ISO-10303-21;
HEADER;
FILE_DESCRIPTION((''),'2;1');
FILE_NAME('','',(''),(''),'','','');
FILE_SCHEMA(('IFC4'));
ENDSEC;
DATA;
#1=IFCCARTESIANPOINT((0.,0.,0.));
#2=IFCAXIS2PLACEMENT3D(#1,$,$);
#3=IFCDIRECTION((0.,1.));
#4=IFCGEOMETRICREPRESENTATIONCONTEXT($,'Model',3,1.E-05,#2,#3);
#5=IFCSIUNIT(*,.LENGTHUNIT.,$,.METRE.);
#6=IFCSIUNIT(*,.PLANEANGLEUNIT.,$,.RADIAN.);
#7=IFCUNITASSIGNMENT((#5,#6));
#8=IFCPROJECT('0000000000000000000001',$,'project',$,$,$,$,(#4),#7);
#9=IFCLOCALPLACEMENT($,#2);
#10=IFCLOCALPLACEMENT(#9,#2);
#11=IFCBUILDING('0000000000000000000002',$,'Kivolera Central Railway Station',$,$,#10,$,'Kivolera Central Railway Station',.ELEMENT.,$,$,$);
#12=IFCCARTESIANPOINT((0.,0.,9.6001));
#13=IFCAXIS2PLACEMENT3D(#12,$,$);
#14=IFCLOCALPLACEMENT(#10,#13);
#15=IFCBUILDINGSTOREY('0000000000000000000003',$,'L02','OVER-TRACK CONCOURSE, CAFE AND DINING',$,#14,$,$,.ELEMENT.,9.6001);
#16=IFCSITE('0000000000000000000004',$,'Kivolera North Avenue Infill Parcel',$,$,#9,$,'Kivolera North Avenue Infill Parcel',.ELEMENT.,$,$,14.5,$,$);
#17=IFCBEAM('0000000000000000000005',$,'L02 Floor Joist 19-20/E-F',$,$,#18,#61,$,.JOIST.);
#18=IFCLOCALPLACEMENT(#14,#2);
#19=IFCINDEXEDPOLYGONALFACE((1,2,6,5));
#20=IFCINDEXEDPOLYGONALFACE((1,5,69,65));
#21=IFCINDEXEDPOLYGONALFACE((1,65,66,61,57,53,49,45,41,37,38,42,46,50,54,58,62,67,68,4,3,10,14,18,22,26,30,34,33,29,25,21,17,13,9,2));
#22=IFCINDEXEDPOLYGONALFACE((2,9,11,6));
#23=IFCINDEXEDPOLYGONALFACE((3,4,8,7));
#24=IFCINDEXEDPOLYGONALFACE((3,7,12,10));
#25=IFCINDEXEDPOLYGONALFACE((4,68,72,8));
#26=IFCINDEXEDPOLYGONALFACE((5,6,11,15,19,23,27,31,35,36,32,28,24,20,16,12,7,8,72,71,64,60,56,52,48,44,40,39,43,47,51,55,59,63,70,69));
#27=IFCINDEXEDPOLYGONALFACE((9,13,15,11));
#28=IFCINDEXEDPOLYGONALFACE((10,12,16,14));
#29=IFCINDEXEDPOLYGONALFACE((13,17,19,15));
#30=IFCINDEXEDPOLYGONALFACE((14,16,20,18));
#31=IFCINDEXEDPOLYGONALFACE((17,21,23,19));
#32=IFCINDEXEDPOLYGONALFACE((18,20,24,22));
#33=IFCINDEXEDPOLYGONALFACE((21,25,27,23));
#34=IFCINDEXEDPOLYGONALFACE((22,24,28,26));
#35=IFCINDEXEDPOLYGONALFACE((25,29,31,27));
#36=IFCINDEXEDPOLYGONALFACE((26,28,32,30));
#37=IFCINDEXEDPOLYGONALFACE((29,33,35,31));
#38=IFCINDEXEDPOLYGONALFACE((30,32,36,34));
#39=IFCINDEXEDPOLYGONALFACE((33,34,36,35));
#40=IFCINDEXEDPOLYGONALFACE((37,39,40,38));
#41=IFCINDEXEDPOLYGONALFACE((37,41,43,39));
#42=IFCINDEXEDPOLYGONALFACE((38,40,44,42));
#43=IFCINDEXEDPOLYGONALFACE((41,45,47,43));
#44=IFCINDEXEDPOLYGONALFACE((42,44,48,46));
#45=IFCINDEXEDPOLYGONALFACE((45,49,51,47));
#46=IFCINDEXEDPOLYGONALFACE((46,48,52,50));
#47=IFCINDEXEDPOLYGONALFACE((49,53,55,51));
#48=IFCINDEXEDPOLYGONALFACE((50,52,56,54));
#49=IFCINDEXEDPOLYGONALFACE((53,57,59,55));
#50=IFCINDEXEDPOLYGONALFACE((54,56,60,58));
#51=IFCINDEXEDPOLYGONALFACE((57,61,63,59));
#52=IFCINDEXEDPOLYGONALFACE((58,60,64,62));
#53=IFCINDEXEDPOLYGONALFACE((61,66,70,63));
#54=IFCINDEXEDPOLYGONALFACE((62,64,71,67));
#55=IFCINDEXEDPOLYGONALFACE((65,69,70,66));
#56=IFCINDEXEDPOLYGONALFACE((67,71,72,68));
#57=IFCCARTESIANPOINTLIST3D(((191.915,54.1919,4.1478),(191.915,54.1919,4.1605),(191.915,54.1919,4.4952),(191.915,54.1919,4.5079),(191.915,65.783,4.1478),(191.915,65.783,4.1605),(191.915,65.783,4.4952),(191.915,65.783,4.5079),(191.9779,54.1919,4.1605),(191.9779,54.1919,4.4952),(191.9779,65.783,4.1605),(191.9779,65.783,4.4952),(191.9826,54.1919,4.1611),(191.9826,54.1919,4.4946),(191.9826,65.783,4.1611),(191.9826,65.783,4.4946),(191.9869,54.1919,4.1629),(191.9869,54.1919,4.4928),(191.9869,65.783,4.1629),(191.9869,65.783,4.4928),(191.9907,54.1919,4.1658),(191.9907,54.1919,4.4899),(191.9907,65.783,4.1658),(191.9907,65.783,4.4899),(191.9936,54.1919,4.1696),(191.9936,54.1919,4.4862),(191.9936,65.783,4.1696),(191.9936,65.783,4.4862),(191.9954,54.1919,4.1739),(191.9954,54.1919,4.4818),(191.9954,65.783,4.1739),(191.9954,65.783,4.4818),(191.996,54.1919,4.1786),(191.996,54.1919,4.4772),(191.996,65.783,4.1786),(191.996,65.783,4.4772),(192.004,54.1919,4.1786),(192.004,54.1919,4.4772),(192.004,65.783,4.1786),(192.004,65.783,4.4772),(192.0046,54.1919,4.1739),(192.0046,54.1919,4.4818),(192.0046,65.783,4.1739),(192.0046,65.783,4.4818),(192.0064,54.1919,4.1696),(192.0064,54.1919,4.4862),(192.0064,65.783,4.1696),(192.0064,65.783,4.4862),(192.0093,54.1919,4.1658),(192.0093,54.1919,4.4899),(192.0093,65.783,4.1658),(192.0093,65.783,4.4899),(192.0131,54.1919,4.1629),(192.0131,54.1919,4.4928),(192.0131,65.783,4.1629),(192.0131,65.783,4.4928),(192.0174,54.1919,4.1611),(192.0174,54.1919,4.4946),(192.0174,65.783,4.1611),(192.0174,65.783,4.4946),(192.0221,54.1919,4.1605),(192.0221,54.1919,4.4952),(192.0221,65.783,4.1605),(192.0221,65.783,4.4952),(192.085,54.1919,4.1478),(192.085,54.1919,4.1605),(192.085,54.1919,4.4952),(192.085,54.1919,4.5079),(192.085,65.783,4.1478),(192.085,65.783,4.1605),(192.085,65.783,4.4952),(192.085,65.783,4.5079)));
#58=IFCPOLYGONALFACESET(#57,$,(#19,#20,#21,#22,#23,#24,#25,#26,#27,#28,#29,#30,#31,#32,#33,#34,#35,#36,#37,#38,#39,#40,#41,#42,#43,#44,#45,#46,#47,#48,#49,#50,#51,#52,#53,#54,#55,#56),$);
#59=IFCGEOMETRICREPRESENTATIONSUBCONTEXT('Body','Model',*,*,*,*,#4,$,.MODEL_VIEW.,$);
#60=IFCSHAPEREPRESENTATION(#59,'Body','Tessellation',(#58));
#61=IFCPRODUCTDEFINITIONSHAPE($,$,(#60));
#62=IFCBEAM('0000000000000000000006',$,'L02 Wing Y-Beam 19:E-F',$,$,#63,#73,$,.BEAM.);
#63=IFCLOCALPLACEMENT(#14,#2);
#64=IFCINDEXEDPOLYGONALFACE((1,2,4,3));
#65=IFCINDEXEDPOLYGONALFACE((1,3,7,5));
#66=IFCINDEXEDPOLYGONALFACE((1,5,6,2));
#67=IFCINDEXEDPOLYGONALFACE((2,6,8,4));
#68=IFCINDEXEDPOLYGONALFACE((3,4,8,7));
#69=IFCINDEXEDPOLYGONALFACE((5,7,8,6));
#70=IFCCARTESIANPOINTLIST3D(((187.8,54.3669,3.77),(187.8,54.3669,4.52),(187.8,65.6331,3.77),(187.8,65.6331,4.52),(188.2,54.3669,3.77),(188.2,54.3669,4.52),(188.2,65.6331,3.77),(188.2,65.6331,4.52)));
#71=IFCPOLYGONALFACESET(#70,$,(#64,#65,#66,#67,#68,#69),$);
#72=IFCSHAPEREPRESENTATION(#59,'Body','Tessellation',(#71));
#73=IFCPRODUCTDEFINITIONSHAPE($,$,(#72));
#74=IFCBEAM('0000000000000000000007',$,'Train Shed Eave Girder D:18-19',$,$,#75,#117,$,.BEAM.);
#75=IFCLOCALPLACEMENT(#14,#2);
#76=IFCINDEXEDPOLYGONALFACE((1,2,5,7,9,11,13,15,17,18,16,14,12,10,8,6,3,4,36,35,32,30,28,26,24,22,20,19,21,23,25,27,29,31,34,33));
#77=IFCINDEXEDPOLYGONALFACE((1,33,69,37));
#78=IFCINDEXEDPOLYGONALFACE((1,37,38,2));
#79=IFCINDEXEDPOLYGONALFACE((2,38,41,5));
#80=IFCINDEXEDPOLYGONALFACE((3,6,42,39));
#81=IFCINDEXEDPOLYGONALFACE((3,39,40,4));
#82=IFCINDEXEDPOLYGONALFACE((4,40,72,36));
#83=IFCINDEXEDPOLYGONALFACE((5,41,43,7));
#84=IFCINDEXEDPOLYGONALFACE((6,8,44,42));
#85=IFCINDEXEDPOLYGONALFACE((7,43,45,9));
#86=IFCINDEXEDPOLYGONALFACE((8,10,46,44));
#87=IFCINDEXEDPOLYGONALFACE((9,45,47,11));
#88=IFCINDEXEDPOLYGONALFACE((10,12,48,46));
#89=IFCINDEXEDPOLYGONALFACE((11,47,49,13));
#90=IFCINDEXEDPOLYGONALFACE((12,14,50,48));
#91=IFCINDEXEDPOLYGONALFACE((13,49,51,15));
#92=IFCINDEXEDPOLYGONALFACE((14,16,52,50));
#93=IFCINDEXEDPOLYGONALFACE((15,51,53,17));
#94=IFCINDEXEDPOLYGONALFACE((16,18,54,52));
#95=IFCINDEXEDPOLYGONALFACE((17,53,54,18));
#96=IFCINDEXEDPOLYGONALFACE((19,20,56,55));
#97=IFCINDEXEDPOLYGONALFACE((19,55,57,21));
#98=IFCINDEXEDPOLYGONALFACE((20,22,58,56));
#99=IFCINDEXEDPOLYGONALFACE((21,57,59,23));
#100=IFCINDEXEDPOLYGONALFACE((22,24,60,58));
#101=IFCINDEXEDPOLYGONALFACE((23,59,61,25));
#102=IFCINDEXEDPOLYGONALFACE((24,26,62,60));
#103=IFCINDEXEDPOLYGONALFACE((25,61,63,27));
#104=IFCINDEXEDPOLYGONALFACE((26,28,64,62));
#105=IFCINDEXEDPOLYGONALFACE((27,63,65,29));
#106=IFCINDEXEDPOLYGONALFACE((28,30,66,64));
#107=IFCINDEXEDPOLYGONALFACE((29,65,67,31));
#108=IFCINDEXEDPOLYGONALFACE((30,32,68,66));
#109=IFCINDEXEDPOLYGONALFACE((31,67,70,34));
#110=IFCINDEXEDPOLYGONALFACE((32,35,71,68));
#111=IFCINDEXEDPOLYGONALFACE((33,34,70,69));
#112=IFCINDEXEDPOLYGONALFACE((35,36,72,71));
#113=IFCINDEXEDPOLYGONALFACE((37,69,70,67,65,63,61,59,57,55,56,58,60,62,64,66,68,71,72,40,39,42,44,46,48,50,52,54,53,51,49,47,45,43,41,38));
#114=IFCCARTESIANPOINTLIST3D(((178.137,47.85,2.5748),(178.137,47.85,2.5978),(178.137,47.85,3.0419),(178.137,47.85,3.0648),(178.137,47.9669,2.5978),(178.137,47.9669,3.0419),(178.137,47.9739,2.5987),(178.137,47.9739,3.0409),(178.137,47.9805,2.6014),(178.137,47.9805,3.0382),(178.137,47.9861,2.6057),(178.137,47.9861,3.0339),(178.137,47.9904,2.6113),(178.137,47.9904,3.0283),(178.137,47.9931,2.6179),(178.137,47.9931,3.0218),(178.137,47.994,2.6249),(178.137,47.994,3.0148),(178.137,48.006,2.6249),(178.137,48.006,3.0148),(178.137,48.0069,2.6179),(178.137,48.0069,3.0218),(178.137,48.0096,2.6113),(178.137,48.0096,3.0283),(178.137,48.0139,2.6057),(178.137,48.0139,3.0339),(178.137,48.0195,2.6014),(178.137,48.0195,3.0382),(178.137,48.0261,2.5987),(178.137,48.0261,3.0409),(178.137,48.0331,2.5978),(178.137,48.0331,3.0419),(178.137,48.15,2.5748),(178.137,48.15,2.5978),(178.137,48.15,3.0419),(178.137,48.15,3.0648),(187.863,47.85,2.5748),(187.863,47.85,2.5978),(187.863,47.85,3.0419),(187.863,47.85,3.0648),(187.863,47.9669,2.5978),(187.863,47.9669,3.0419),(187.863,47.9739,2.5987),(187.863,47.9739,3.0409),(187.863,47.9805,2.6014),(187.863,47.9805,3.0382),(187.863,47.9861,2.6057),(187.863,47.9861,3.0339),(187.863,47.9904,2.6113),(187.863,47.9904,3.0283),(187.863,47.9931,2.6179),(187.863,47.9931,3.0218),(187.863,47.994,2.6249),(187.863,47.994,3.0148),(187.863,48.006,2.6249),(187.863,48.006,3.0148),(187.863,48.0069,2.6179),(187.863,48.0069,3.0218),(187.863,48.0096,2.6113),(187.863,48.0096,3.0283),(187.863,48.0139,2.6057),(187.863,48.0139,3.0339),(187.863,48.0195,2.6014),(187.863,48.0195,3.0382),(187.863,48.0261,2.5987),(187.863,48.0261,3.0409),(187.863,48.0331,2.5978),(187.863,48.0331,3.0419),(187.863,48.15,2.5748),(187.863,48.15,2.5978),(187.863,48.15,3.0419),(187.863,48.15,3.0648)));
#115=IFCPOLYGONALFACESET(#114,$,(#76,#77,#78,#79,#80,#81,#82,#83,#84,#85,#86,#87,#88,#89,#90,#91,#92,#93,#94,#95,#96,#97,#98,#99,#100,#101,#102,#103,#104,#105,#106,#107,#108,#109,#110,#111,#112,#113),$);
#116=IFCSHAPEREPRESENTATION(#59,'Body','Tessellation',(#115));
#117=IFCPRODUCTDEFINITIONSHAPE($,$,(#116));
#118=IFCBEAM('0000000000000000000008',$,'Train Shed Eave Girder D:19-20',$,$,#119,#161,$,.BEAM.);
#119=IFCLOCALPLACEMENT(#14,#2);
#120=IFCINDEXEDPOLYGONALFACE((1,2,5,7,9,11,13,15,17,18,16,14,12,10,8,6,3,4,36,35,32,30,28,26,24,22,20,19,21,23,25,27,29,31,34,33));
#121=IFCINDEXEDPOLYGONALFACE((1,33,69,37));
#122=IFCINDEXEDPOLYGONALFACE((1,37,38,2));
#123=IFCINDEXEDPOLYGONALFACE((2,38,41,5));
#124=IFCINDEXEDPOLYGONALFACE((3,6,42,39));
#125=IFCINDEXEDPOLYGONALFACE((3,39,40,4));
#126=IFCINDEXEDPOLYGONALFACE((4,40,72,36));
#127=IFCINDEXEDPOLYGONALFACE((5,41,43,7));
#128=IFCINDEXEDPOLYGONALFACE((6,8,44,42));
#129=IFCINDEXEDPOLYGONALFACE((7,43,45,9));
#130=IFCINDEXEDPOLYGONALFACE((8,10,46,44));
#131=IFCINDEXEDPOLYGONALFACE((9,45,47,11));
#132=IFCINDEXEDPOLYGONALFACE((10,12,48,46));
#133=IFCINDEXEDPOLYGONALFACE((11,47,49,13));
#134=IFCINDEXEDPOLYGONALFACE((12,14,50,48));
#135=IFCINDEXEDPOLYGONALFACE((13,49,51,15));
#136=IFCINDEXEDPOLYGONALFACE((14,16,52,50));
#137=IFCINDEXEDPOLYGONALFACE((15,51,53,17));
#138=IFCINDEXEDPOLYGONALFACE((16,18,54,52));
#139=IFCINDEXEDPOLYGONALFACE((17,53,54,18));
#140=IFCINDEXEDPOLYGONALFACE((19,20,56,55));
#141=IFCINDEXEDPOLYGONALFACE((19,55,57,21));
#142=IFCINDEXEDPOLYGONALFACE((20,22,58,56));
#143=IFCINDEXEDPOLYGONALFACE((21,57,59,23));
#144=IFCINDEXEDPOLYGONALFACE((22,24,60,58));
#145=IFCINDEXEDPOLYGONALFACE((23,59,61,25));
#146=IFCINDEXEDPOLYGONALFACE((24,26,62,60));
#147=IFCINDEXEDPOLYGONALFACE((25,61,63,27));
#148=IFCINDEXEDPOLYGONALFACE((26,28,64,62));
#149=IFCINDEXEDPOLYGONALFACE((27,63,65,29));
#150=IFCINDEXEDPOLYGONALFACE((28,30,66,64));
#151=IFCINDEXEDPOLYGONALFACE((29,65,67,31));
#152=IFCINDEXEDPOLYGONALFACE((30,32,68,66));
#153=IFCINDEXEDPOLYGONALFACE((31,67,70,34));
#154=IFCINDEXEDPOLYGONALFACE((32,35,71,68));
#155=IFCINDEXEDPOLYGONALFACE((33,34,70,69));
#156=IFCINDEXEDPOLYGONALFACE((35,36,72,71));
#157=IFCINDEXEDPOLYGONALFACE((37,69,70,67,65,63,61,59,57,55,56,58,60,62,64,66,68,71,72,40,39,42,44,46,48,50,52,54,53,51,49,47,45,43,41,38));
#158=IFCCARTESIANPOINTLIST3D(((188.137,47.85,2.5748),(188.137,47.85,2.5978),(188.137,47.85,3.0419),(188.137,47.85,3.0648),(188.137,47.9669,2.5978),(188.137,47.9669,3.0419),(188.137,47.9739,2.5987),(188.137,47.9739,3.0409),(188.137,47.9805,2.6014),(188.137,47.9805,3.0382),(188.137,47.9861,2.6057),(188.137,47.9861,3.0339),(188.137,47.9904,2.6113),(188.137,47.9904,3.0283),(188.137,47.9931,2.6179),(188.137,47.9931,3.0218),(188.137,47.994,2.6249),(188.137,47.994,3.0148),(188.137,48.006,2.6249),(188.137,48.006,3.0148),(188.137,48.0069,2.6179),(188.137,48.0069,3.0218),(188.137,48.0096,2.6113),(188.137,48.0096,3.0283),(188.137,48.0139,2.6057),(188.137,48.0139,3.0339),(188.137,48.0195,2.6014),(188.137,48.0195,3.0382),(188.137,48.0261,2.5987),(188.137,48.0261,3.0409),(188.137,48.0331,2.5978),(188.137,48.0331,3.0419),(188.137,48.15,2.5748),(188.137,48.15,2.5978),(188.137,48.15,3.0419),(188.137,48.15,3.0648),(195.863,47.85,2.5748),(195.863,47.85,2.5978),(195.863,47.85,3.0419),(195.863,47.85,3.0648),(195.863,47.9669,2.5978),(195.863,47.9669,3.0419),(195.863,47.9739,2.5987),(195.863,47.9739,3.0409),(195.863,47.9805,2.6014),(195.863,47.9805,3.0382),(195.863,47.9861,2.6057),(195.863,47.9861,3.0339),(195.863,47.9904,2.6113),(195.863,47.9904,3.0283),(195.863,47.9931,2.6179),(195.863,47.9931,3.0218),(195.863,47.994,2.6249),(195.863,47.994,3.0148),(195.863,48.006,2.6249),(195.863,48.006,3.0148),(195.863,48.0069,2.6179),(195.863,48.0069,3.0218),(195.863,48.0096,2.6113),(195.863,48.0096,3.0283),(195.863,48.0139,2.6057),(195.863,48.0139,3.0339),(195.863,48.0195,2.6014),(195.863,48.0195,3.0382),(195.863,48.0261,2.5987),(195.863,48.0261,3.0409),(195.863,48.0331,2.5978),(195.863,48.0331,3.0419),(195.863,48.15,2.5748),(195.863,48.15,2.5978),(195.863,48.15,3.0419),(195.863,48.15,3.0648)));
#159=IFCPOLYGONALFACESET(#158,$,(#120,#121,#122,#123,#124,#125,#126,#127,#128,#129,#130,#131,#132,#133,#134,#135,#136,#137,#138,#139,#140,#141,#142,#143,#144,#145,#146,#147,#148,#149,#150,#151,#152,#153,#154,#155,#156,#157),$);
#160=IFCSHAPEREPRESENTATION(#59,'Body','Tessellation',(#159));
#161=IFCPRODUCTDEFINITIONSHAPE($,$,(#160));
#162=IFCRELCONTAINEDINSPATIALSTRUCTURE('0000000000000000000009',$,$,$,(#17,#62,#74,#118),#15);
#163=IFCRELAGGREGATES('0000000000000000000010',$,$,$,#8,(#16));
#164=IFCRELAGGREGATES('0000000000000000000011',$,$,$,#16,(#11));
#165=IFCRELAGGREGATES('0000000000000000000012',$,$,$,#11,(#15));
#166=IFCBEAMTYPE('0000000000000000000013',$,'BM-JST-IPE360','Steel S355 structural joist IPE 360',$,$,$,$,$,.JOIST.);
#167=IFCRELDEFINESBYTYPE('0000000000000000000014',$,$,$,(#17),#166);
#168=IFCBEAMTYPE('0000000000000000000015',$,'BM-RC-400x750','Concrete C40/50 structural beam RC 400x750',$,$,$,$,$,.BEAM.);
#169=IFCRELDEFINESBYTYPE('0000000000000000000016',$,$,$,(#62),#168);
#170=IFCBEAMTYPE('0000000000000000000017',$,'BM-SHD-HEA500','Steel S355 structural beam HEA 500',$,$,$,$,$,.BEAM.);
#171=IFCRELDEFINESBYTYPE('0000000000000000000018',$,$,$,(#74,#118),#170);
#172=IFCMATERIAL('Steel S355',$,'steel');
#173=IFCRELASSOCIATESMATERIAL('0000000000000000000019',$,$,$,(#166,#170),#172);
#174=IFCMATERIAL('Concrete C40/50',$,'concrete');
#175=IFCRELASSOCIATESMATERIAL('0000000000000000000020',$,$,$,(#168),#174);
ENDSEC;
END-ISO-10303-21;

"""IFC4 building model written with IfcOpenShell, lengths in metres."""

from ifc_helpers import new_model, si_unit, direction, frame, origin, origin_2d, place, context, subcontext, project, spatial, rectangle, i_section, extrude, material, material_profile, profile_set, type_object, element, save


model = new_model("IFC4")

# Units and contexts
model_context = context("Model", 3, precision=1e-05, world=origin(), true_north=direction((0.0, 1.0)))
body_context = subcontext(model_context, "Body", "Model", "MODEL_VIEW")
ifc_project = project(units=[si_unit("LENGTHUNIT", "METRE"), si_unit("PLANEANGLEUNIT", "RADIAN")], contexts=[model_context])

# Site, building, storey
site_placement = place(None, origin())
site = spatial("IfcSite", under=ifc_project, at=site_placement, Name="Kivolera North Avenue Infill Parcel", LongName="Kivolera North Avenue Infill Parcel", CompositionType="ELEMENT", RefElevation=14.5)
building_placement = place(site_placement, origin())
building = spatial("IfcBuilding", under=site, at=building_placement, Name="Kivolera Central Railway Station", LongName="Kivolera Central Railway Station", CompositionType="ELEMENT")
storey_placement = place(building_placement, frame((0.0, 0.0, 9.6001)))
storey = spatial("IfcBuildingStorey", under=building, at=storey_placement, Name="L02", Description="OVER-TRACK CONCOURSE, CAFE AND DINING", CompositionType="ELEMENT", Elevation=9.6001)

# Shared definitions
ifc_material_1 = material(Name="Concrete C40/50", Category="concrete")
ifc_material_2 = material(Name="Steel S355", Category="steel")

# Beams
ifc_material_profile_1 = material_profile(ifc_material_2, i_section(OverallWidth=0.1699, OverallDepth=0.3601, WebThickness=0.0081, FlangeThickness=0.0127, FilletRadius=0.0181, at=origin_2d()), Name="IPE 360")
ifc_profile_set_1 = profile_set([ifc_material_profile_1], Name="Steel S355")
beam_type_1 = type_object("IfcBeamType", Name="BM-JST-IPE360", Description="Steel S355 structural joist IPE 360", PredefinedType="JOIST", material=ifc_profile_set_1)
for number, where, z_axis, x_axis, name in (
    (1, (192.0, 54.1919, 4.3279), (0.0, 1.0, 0.0), (-1.0, 0.0, 0.0), "L02 Floor Joist 19-20/E-F"),
):
    element("IfcBeam", number, at=place(storey_placement, frame(where, z_axis=z_axis, x_axis=x_axis)), inside=storey, type_object=beam_type_1, Name=name, PredefinedType="JOIST", context=body_context, shape_type="SweptSolid", body=[
        extrude(i_section(OverallWidth=0.1699, OverallDepth=0.3601, WebThickness=0.0081, FlangeThickness=0.0127, FilletRadius=0.0181, at=origin_2d()), origin(), (0.0, 0.0, 1.0), 11.5911),
    ])
ifc_material_profile_2 = material_profile(ifc_material_1, rectangle(XDim=0.3999, YDim=0.75, at=origin_2d()), Name="RC 400x750")
ifc_profile_set_2 = profile_set([ifc_material_profile_2], Name="Concrete C40/50")
beam_type_2 = type_object("IfcBeamType", Name="BM-RC-400x750", Description="Concrete C40/50 structural beam RC 400x750", PredefinedType="BEAM", material=ifc_profile_set_2)
beam_1_placement = place(storey_placement, frame((188.0, 54.3669, 4.145), z_axis=(0.0, 1.0, 0.0), x_axis=(-1.0, 0.0, 0.0)))
element("IfcBeam", 2, at=beam_1_placement, inside=storey, type_object=beam_type_2, Name="L02 Wing Y-Beam 19:E-F", PredefinedType="BEAM", context=body_context, shape_type="SweptSolid", body=[
    extrude(rectangle(XDim=0.3999, YDim=0.75, at=origin_2d()), origin(), (0.0, 0.0, 1.0), 11.2661),
])
ifc_material_profile_3 = material_profile(ifc_material_2, i_section(OverallWidth=0.3, OverallDepth=0.49, WebThickness=0.012, FlangeThickness=0.0229, FilletRadius=0.0271, at=origin_2d()), Name="HEA 500")
ifc_profile_set_3 = profile_set([ifc_material_profile_3], Name="Steel S355")
beam_type_3 = type_object("IfcBeamType", Name="BM-SHD-HEA500", Description="Steel S355 structural beam HEA 500", PredefinedType="BEAM", material=ifc_profile_set_3)
beam_2_placement = place(storey_placement, frame((178.137, 48.0, 2.8198), z_axis=(1.0, 0.0, 0.0), x_axis=(0.0, 1.0, 0.0)))
element("IfcBeam", 3, at=beam_2_placement, inside=storey, type_object=beam_type_3, Name="Train Shed Eave Girder D:18-19", PredefinedType="BEAM", context=body_context, shape_type="SweptSolid", body=[
    extrude(i_section(OverallWidth=0.3, OverallDepth=0.49, WebThickness=0.012, FlangeThickness=0.0229, FilletRadius=0.0271, at=origin_2d()), origin(), (0.0, 0.0, 1.0), 9.7261),
])
beam_3_placement = place(storey_placement, frame((188.137, 48.0, 2.8198), z_axis=(1.0, 0.0, 0.0), x_axis=(0.0, 1.0, 0.0)))
element("IfcBeam", 4, at=beam_3_placement, inside=storey, type_object=beam_type_3, Name="Train Shed Eave Girder D:19-20", PredefinedType="BEAM", context=body_context, shape_type="SweptSolid", body=[
    extrude(i_section(OverallWidth=0.3, OverallDepth=0.49, WebThickness=0.012, FlangeThickness=0.0229, FilletRadius=0.0271, at=origin_2d()), origin(), (0.0, 0.0, 1.0), 7.7261),
])

save(model, "model.ifc")
